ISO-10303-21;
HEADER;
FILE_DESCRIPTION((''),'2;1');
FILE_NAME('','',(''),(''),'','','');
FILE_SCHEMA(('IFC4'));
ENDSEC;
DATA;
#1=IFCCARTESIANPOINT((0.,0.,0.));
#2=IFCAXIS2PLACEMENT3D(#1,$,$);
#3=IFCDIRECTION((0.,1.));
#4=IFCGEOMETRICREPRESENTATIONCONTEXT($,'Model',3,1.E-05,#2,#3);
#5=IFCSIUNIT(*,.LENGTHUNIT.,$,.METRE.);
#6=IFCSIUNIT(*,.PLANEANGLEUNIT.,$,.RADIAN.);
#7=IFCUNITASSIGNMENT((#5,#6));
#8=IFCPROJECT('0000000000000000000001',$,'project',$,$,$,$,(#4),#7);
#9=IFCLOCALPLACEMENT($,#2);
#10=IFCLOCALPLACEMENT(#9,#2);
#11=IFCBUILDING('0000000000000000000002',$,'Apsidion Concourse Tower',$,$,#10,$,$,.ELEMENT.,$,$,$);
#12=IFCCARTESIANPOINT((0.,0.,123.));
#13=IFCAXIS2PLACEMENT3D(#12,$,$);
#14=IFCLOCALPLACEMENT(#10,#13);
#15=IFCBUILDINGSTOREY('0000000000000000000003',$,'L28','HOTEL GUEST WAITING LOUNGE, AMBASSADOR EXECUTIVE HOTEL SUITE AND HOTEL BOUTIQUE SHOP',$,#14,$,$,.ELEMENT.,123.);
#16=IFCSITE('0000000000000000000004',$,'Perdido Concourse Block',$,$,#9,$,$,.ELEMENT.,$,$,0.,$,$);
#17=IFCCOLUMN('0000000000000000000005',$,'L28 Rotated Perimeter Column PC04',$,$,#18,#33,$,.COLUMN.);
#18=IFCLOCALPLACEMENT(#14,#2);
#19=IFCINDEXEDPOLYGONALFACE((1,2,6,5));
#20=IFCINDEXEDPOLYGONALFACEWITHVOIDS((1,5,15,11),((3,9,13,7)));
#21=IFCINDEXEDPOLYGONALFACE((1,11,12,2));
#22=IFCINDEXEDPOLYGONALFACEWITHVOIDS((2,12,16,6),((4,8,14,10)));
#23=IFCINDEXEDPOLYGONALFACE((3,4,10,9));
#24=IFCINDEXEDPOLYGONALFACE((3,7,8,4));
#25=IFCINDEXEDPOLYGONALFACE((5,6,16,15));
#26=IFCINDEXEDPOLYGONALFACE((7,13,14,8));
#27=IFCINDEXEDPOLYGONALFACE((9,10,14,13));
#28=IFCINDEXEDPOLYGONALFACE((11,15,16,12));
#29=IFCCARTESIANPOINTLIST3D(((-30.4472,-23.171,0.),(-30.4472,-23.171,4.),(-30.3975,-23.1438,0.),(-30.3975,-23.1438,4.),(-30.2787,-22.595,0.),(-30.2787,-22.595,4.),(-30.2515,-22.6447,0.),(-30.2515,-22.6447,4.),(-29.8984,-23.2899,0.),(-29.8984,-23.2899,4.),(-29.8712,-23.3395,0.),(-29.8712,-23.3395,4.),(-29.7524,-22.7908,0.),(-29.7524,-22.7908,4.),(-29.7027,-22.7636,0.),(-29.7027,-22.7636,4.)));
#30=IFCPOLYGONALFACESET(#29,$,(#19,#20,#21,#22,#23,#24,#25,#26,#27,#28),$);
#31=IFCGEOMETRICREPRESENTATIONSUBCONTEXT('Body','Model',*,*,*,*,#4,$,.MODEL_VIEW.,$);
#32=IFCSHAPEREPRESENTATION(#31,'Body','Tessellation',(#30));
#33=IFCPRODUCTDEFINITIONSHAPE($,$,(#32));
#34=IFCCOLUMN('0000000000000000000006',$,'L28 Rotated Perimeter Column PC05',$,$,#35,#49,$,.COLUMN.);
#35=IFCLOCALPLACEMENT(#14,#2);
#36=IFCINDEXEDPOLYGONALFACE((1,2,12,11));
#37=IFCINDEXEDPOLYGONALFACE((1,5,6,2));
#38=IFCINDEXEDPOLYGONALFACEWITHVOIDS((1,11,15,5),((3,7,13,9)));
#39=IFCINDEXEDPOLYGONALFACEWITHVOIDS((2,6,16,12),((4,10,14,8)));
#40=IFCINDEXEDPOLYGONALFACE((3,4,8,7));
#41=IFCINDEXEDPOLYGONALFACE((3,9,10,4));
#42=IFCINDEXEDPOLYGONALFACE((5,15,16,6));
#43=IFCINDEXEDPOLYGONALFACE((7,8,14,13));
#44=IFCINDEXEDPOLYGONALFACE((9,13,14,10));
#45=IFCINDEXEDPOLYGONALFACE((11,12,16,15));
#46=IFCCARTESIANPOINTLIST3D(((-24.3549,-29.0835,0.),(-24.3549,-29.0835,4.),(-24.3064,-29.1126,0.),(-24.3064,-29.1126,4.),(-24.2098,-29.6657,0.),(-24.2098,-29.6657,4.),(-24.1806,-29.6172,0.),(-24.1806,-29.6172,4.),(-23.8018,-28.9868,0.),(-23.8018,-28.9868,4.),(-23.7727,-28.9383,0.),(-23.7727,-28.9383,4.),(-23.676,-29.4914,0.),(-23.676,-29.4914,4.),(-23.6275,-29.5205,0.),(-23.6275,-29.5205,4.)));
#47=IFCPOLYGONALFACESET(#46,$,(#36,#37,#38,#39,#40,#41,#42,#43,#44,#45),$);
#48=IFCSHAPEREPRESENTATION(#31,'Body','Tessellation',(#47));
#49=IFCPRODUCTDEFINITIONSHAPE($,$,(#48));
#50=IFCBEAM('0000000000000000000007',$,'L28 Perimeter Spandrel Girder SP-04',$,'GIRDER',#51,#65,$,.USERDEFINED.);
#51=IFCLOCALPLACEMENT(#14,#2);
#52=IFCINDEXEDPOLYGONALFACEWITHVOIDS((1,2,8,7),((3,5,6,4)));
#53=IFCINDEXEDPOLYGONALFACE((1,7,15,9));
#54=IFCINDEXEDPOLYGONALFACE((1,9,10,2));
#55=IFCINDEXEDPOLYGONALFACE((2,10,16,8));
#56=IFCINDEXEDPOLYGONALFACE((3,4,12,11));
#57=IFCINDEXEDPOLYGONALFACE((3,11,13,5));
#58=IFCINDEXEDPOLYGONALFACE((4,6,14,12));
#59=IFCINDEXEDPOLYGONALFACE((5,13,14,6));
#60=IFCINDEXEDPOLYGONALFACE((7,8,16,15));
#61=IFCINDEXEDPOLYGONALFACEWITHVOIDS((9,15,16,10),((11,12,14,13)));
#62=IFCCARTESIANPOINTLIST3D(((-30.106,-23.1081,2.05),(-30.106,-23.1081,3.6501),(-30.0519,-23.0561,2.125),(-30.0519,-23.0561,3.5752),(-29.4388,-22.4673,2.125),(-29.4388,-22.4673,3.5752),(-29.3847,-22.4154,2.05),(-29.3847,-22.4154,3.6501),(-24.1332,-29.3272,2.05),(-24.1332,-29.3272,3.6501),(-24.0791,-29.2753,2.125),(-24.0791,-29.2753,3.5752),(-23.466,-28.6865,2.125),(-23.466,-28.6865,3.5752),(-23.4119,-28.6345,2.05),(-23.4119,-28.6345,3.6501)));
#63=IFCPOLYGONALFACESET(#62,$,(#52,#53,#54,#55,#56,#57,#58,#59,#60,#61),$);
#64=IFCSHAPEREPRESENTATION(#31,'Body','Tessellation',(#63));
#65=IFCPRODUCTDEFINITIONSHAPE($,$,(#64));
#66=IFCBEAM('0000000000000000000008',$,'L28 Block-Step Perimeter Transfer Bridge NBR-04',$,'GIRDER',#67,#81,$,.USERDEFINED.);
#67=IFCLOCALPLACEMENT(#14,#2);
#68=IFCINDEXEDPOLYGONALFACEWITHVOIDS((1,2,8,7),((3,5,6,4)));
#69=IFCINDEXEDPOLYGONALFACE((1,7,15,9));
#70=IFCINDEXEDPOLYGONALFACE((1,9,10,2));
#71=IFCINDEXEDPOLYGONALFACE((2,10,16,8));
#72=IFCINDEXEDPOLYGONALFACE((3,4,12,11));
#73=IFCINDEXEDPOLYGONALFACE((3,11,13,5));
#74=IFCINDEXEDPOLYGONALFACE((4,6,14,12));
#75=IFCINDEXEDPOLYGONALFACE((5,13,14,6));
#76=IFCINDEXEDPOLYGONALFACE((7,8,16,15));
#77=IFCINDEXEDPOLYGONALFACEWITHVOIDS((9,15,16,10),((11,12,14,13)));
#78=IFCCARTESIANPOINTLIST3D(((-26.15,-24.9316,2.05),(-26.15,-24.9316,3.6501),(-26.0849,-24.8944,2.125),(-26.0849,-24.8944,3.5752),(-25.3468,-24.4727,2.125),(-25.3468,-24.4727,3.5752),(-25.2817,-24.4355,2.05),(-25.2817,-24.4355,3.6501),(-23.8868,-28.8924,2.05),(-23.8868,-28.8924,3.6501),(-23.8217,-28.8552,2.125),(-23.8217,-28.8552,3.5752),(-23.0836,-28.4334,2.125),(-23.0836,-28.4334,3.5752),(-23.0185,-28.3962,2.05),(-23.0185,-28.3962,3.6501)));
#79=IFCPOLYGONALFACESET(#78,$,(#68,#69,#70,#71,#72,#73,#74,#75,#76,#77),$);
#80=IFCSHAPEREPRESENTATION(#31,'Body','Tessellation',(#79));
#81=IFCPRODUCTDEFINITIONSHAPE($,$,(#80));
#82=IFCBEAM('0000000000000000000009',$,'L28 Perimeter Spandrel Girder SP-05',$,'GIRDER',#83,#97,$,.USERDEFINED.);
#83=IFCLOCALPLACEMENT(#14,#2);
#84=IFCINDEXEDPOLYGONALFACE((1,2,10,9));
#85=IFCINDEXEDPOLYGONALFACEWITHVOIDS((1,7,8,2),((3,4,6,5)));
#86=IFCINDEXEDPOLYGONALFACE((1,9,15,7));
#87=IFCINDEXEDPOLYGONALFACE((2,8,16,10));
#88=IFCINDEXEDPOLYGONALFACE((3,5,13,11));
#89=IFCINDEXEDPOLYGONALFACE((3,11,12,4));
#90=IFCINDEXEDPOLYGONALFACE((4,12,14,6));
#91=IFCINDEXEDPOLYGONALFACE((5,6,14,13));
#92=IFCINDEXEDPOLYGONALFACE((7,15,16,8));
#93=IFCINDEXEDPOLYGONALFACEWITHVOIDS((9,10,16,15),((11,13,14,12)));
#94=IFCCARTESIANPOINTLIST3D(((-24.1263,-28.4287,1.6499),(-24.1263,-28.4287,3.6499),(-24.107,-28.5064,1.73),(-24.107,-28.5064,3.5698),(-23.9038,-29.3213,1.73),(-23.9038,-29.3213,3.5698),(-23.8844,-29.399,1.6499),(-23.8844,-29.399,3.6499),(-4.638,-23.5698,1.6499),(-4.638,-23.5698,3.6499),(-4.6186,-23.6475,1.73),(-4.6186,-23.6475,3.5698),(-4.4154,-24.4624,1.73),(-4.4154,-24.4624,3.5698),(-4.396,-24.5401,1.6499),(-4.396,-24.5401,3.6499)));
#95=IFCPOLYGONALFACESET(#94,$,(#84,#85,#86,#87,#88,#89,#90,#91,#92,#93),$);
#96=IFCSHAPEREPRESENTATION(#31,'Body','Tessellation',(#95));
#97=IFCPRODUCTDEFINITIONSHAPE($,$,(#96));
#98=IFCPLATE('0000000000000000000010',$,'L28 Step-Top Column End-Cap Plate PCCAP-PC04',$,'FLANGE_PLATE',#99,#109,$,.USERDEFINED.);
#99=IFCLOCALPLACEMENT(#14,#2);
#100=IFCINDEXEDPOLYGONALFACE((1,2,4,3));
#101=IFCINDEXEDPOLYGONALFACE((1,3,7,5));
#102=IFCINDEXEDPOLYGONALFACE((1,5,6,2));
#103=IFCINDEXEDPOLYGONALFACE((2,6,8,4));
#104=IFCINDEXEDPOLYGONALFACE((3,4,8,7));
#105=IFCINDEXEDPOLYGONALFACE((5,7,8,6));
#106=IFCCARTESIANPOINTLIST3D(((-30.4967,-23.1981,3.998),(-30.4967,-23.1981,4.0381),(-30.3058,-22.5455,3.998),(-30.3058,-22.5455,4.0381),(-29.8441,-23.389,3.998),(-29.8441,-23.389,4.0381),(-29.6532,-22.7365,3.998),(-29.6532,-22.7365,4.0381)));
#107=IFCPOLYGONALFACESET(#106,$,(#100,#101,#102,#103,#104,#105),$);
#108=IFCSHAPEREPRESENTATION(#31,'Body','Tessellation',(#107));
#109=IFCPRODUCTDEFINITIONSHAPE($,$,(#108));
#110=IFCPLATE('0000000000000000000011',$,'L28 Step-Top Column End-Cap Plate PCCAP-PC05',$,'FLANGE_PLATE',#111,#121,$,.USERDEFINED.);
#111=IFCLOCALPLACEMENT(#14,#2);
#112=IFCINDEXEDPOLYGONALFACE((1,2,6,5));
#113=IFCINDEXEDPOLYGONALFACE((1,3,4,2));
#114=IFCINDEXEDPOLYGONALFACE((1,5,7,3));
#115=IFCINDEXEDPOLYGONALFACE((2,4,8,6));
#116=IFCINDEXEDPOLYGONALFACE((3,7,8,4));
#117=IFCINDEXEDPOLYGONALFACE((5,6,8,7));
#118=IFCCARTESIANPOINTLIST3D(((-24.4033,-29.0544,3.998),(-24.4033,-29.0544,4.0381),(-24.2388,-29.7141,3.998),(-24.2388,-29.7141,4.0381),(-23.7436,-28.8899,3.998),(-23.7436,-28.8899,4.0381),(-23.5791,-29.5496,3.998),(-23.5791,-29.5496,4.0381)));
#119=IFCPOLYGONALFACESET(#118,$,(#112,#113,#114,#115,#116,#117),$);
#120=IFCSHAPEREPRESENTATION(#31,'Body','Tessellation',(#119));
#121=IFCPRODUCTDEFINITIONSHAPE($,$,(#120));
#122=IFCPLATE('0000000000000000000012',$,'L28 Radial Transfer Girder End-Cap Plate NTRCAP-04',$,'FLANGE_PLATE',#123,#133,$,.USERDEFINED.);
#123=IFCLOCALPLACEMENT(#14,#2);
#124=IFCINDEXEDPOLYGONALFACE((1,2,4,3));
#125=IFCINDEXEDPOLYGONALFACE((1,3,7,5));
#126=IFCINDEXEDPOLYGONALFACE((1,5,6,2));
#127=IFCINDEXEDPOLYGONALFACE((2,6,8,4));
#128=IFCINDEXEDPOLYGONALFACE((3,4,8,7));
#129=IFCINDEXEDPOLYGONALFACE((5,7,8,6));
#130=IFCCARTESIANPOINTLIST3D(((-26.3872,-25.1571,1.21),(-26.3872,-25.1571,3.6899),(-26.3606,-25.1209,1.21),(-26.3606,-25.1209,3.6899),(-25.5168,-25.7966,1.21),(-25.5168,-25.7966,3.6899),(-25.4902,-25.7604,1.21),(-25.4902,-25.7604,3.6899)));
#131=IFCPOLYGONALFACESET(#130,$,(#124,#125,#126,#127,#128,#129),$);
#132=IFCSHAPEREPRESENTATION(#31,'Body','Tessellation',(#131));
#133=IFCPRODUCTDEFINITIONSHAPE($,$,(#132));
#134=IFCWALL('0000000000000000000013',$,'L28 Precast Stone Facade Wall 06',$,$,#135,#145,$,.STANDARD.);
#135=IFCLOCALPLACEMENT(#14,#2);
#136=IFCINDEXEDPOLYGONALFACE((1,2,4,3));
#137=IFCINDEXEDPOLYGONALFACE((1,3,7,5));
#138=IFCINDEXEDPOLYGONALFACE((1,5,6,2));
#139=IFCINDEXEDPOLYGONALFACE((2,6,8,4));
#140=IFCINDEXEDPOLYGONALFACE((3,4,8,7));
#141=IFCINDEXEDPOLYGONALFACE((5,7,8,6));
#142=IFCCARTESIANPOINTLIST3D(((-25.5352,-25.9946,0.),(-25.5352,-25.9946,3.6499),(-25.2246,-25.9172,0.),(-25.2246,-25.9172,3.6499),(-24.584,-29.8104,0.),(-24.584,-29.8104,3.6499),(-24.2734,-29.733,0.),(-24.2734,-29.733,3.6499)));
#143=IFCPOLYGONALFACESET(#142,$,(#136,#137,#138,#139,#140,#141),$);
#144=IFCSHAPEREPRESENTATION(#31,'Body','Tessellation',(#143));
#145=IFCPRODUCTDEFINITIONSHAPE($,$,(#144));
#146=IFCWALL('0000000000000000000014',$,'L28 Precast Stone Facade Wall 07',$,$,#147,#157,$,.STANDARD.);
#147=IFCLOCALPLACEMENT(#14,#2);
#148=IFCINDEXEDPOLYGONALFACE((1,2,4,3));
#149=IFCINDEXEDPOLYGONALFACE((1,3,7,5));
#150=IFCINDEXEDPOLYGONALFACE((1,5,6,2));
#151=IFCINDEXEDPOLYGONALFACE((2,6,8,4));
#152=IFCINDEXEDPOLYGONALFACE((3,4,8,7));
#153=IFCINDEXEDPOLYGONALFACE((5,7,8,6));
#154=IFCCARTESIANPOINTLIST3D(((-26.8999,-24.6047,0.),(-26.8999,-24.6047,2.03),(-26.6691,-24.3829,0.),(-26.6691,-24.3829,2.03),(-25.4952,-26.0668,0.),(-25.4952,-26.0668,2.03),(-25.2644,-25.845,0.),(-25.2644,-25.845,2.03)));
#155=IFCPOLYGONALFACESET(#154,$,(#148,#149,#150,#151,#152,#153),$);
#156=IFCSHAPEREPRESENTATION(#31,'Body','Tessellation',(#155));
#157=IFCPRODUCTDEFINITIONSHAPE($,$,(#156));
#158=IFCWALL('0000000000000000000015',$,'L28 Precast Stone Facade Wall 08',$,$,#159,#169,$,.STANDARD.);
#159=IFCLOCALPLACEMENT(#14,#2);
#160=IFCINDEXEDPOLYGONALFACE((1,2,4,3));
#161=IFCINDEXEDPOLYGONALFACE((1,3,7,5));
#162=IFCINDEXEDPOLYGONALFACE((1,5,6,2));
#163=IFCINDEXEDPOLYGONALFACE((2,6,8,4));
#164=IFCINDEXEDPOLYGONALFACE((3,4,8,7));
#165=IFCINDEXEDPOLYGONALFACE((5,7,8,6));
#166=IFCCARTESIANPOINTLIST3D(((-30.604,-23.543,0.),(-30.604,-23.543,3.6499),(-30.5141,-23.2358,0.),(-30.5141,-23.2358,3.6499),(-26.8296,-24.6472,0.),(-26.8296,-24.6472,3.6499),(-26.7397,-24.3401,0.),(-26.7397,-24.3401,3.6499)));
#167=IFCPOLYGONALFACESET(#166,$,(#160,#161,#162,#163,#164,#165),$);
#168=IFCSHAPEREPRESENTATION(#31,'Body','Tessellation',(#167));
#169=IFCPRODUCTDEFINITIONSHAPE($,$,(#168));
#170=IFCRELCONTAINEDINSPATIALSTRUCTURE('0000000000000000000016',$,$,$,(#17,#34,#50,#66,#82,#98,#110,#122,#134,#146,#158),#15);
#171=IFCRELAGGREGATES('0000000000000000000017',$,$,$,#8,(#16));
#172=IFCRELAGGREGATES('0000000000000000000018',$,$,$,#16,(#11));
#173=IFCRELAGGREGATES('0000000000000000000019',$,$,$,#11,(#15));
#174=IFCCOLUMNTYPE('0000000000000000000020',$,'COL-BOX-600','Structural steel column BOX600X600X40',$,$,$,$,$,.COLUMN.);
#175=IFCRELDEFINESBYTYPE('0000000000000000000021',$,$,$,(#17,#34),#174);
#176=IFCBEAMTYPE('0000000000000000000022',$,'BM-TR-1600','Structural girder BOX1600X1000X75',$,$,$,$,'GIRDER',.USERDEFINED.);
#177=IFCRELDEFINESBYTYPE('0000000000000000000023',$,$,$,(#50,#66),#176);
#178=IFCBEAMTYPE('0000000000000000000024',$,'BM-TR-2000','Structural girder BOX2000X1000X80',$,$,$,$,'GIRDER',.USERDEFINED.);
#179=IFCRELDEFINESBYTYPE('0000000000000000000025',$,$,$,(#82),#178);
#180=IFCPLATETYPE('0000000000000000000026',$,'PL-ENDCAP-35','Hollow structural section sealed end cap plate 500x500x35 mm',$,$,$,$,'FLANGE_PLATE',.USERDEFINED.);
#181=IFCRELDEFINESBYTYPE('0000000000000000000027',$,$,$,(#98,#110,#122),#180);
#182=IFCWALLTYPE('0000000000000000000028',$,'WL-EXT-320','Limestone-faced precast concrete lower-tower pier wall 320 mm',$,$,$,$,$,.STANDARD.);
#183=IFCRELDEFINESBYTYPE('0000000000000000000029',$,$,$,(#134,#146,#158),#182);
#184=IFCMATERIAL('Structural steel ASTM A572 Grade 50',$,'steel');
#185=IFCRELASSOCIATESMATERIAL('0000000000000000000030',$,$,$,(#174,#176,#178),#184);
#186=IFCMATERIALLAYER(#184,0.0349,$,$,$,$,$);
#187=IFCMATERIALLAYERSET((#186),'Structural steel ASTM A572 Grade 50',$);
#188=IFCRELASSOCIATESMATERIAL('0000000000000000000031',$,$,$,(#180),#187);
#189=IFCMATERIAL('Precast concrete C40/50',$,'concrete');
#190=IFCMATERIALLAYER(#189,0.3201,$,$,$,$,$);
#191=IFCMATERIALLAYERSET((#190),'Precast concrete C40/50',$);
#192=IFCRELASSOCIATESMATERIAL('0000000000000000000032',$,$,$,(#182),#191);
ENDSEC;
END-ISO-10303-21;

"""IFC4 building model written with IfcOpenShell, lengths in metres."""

from ifc_helpers import new_model, si_unit, direction, frame, frame_2d, origin, origin_2d, place, context, subcontext, project, spatial, rectangle, hollow_rectangle, extrude, material, layer, layer_set, material_profile, profile_set, type_object, element, save


model = new_model("IFC4")

# Units and contexts
model_context = context("Model", 3, precision=1e-05, world=origin(), true_north=direction((0.0, 1.0)))
body_context = subcontext(model_context, "Body", "Model", "MODEL_VIEW")
ifc_project = project(units=[si_unit("LENGTHUNIT", "METRE"), si_unit("PLANEANGLEUNIT", "RADIAN")], contexts=[model_context])

# Site, building, storey
site_placement = place(None, origin())
site = spatial("IfcSite", under=ifc_project, at=site_placement, Name="Perdido Concourse Block", CompositionType="ELEMENT", RefElevation=0.0)
building_placement = place(site_placement, origin())
building = spatial("IfcBuilding", under=site, at=building_placement, Name="Apsidion Concourse Tower", CompositionType="ELEMENT")
storey_placement = place(building_placement, frame((0.0, 0.0, 123.0)))
storey = spatial("IfcBuildingStorey", under=building, at=storey_placement, Name="L28", Description="HOTEL GUEST WAITING LOUNGE, AMBASSADOR EXECUTIVE HOTEL SUITE AND HOTEL BOUTIQUE SHOP", CompositionType="ELEMENT", Elevation=123.0)

# Columns
ifc_material_1 = material(Name="Structural steel ASTM A572 Grade 50", Category="steel")
ifc_material_profile_1 = material_profile(ifc_material_1, hollow_rectangle(XDim=0.6001, YDim=0.6001, WallThickness=0.04, at=origin_2d()), Name="BOX600X600X40")
ifc_profile_set_1 = profile_set([ifc_material_profile_1], Name="Structural steel ASTM A572 Grade 50")
column_type = type_object("IfcColumnType", Name="COL-BOX-600", Description="Structural steel column BOX600X600X40", PredefinedType="COLUMN", material=ifc_profile_set_1)
for number, where, z_axis, x_axis, name in (
    (1, (-30.075, -22.9673, 0.0), (0.0, 0.0, 1.0), (0.280834, 0.959756, 0.0), "L28 Rotated Perimeter Column PC04"),
    (2, (-23.9912, -29.302, 0.0), (0.0, 0.0, 1.0), (0.970296, 0.241922, 0.0), "L28 Rotated Perimeter Column PC05"),
):
    element("IfcColumn", number, at=place(storey_placement, frame(where, z_axis=z_axis, x_axis=x_axis)), inside=storey, type_object=column_type, Name=name, PredefinedType="COLUMN", context=body_context, shape_type="SweptSolid", body=[
        extrude(hollow_rectangle(XDim=0.6001, YDim=0.6001, WallThickness=0.04, at=origin_2d()), origin(), (0.0, 0.0, 1.0), 4.0),
    ])

# Beams
ifc_material_profile_2 = material_profile(ifc_material_1, hollow_rectangle(XDim=1.0, YDim=1.6001, WallThickness=0.075, at=origin_2d()), Name="BOX1600X1000X75")
ifc_profile_set_2 = profile_set([ifc_material_profile_2], Name="Structural steel ASTM A572 Grade 50")
beam_type_1 = type_object("IfcBeamType", Name="BM-TR-1600", Description="Structural girder BOX1600X1000X75", ElementType="GIRDER", PredefinedType="USERDEFINED", material=ifc_profile_set_2)
beam_1_placement = place(storey_placement, frame((-29.7454, -22.7617, 2.8501), z_axis=(0.692679, -0.721246, 0.0), x_axis=(0.721246, 0.692679, 0.0)))
element("IfcBeam", 3, at=beam_1_placement, inside=storey, type_object=beam_type_1, Name="L28 Perimeter Spandrel Girder SP-04", ObjectType="GIRDER", PredefinedType="USERDEFINED", context=body_context, shape_type="SweptSolid", body=[
    extrude(hollow_rectangle(XDim=1.0, YDim=1.6001, WallThickness=0.075, at=origin_2d()), origin(), (0.0, 0.0, 1.0), 8.6228),
])
beam_2_placement = place(storey_placement, frame((-23.4526, -28.6443, 2.8501), z_axis=(-0.496127, 0.86825, 0.0), x_axis=(-0.86825, -0.496127, 0.0)))
element("IfcBeam", 4, at=beam_2_placement, inside=storey, type_object=beam_type_1, Name="L28 Block-Step Perimeter Transfer Bridge NBR-04", ObjectType="GIRDER", PredefinedType="USERDEFINED", context=body_context, shape_type="SweptSolid", body=[
    extrude(hollow_rectangle(XDim=1.0, YDim=1.6001, WallThickness=0.075, at=origin_2d()), origin(), (0.0, 0.0, 1.0), 4.5618),
])
ifc_material_profile_3 = material_profile(ifc_material_1, hollow_rectangle(XDim=1.0, YDim=2.0, WallThickness=0.0801, at=origin_2d()), Name="BOX2000X1000X80")
ifc_profile_set_3 = profile_set([ifc_material_profile_3], Name="Structural steel ASTM A572 Grade 50")
beam_type_2 = type_object("IfcBeamType", Name="BM-TR-2000", Description="Structural girder BOX2000X1000X80", ElementType="GIRDER", PredefinedType="USERDEFINED", material=ifc_profile_set_3)
beam_3_placement = place(storey_placement, frame((-24.0054, -28.9138, 2.6499), z_axis=(0.970297, 0.241918, 0.0), x_axis=(-0.241918, 0.970297, 0.0)))
element("IfcBeam", 5, at=beam_3_placement, inside=storey, type_object=beam_type_2, Name="L28 Perimeter Spandrel Girder SP-05", ObjectType="GIRDER", PredefinedType="USERDEFINED", context=body_context, shape_type="SweptSolid", body=[
    extrude(hollow_rectangle(XDim=1.0, YDim=2.0, WallThickness=0.0801, at=origin_2d()), origin(), (0.0, 0.0, 1.0), 20.085),
])

# Plates
ifc_layer_1 = layer(ifc_material_1, 0.0349)
ifc_layer_set_1 = layer_set([ifc_layer_1], Name="Structural steel ASTM A572 Grade 50")
plate_type = type_object("IfcPlateType", Name="PL-ENDCAP-35", Description="Hollow structural section sealed end cap plate 500x500x35 mm", ElementType="FLANGE_PLATE", PredefinedType="USERDEFINED", material=ifc_layer_set_1)
for number, where, z_axis, x_axis, name in (
    (6, (-30.075, -22.9673, 3.998), (0.0, 0.0, 1.0), (0.280834, 0.959756, 0.0), "L28 Step-Top Column End-Cap Plate PCCAP-PC04"),
    (7, (-23.9912, -29.302, 3.998), (0.0, 0.0, 1.0), (0.970296, 0.241922, 0.0), "L28 Step-Top Column End-Cap Plate PCCAP-PC05"),
):
    element("IfcPlate", number, at=place(storey_placement, frame(where, z_axis=z_axis, x_axis=x_axis)), inside=storey, type_object=plate_type, Name=name, ObjectType="FLANGE_PLATE", PredefinedType="USERDEFINED", context=body_context, shape_type="SweptSolid", body=[
        extrude(rectangle(XDim=0.6799, YDim=0.6799, at=origin_2d()), origin(), (0.0, 0.0, 1.0), 0.04),
    ])
plate_placement = place(storey_placement, frame((-25.9387, -25.4587, 1.21), z_axis=(0.0, 0.0, 1.0), x_axis=(-0.592154, -0.805825, 0.0)))
element("IfcPlate", 8, at=plate_placement, inside=storey, type_object=plate_type, Name="L28 Radial Transfer Girder End-Cap Plate NTRCAP-04", ObjectType="FLANGE_PLATE", PredefinedType="USERDEFINED", context=body_context, shape_type="SweptSolid", body=[
    extrude(rectangle(XDim=0.0449, YDim=1.0801, at=origin_2d()), origin(), (0.0, 0.0, 1.0), 2.48),
])

# Walls
ifc_material_2 = material(Name="Precast concrete C40/50", Category="concrete")
ifc_layer_2 = layer(ifc_material_2, 0.3201)
ifc_layer_set_2 = layer_set([ifc_layer_2], Name="Precast concrete C40/50")
wall_type = type_object("IfcWallType", Name="WL-EXT-320", Description="Limestone-faced precast concrete lower-tower pier wall 320 mm", PredefinedType="STANDARD", material=ifc_layer_set_2)
wall_1_placement = place(storey_placement, frame((-24.4287, -29.7717, 0.0), z_axis=(0.0, 0.0, 1.0), x_axis=(-0.241864, 0.97031, 0.0)))
element("IfcWall", 9, at=wall_1_placement, inside=storey, type_object=wall_type, Name="L28 Precast Stone Facade Wall 06", PredefinedType="STANDARD", context=body_context, shape_type="SweptSolid", body=[
    extrude(rectangle(XDim=3.9326, YDim=0.3201, at=frame_2d((1.9663, 0.0))), origin(), (0.0, 0.0, 1.0), 3.6499),
])
wall_2_placement = place(storey_placement, frame((-25.3799, -25.9558, 0.0), z_axis=(0.0, 0.0, 1.0), x_axis=(-0.692818, 0.721113, 0.0)))
element("IfcWall", 10, at=wall_2_placement, inside=storey, type_object=wall_type, Name="L28 Precast Stone Facade Wall 07", PredefinedType="STANDARD", context=body_context, shape_type="SweptSolid", body=[
    extrude(rectangle(XDim=2.0276, YDim=0.3201, at=frame_2d((1.0137, 0.0))), origin(), (0.0, 0.0, 1.0), 2.03),
])
wall_3_placement = place(storey_placement, frame((-26.7847, -24.4937, 0.0), z_axis=(0.0, 0.0, 1.0), x_axis=(-0.959769, 0.280791, 0.0)))
element("IfcWall", 11, at=wall_3_placement, inside=storey, type_object=wall_type, Name="L28 Precast Stone Facade Wall 08", PredefinedType="STANDARD", context=body_context, shape_type="SweptSolid", body=[
    extrude(rectangle(XDim=3.9326, YDim=0.3201, at=frame_2d((1.9663, 0.0))), origin(), (0.0, 0.0, 1.0), 3.6499),
])

save(model, "model.ifc")
